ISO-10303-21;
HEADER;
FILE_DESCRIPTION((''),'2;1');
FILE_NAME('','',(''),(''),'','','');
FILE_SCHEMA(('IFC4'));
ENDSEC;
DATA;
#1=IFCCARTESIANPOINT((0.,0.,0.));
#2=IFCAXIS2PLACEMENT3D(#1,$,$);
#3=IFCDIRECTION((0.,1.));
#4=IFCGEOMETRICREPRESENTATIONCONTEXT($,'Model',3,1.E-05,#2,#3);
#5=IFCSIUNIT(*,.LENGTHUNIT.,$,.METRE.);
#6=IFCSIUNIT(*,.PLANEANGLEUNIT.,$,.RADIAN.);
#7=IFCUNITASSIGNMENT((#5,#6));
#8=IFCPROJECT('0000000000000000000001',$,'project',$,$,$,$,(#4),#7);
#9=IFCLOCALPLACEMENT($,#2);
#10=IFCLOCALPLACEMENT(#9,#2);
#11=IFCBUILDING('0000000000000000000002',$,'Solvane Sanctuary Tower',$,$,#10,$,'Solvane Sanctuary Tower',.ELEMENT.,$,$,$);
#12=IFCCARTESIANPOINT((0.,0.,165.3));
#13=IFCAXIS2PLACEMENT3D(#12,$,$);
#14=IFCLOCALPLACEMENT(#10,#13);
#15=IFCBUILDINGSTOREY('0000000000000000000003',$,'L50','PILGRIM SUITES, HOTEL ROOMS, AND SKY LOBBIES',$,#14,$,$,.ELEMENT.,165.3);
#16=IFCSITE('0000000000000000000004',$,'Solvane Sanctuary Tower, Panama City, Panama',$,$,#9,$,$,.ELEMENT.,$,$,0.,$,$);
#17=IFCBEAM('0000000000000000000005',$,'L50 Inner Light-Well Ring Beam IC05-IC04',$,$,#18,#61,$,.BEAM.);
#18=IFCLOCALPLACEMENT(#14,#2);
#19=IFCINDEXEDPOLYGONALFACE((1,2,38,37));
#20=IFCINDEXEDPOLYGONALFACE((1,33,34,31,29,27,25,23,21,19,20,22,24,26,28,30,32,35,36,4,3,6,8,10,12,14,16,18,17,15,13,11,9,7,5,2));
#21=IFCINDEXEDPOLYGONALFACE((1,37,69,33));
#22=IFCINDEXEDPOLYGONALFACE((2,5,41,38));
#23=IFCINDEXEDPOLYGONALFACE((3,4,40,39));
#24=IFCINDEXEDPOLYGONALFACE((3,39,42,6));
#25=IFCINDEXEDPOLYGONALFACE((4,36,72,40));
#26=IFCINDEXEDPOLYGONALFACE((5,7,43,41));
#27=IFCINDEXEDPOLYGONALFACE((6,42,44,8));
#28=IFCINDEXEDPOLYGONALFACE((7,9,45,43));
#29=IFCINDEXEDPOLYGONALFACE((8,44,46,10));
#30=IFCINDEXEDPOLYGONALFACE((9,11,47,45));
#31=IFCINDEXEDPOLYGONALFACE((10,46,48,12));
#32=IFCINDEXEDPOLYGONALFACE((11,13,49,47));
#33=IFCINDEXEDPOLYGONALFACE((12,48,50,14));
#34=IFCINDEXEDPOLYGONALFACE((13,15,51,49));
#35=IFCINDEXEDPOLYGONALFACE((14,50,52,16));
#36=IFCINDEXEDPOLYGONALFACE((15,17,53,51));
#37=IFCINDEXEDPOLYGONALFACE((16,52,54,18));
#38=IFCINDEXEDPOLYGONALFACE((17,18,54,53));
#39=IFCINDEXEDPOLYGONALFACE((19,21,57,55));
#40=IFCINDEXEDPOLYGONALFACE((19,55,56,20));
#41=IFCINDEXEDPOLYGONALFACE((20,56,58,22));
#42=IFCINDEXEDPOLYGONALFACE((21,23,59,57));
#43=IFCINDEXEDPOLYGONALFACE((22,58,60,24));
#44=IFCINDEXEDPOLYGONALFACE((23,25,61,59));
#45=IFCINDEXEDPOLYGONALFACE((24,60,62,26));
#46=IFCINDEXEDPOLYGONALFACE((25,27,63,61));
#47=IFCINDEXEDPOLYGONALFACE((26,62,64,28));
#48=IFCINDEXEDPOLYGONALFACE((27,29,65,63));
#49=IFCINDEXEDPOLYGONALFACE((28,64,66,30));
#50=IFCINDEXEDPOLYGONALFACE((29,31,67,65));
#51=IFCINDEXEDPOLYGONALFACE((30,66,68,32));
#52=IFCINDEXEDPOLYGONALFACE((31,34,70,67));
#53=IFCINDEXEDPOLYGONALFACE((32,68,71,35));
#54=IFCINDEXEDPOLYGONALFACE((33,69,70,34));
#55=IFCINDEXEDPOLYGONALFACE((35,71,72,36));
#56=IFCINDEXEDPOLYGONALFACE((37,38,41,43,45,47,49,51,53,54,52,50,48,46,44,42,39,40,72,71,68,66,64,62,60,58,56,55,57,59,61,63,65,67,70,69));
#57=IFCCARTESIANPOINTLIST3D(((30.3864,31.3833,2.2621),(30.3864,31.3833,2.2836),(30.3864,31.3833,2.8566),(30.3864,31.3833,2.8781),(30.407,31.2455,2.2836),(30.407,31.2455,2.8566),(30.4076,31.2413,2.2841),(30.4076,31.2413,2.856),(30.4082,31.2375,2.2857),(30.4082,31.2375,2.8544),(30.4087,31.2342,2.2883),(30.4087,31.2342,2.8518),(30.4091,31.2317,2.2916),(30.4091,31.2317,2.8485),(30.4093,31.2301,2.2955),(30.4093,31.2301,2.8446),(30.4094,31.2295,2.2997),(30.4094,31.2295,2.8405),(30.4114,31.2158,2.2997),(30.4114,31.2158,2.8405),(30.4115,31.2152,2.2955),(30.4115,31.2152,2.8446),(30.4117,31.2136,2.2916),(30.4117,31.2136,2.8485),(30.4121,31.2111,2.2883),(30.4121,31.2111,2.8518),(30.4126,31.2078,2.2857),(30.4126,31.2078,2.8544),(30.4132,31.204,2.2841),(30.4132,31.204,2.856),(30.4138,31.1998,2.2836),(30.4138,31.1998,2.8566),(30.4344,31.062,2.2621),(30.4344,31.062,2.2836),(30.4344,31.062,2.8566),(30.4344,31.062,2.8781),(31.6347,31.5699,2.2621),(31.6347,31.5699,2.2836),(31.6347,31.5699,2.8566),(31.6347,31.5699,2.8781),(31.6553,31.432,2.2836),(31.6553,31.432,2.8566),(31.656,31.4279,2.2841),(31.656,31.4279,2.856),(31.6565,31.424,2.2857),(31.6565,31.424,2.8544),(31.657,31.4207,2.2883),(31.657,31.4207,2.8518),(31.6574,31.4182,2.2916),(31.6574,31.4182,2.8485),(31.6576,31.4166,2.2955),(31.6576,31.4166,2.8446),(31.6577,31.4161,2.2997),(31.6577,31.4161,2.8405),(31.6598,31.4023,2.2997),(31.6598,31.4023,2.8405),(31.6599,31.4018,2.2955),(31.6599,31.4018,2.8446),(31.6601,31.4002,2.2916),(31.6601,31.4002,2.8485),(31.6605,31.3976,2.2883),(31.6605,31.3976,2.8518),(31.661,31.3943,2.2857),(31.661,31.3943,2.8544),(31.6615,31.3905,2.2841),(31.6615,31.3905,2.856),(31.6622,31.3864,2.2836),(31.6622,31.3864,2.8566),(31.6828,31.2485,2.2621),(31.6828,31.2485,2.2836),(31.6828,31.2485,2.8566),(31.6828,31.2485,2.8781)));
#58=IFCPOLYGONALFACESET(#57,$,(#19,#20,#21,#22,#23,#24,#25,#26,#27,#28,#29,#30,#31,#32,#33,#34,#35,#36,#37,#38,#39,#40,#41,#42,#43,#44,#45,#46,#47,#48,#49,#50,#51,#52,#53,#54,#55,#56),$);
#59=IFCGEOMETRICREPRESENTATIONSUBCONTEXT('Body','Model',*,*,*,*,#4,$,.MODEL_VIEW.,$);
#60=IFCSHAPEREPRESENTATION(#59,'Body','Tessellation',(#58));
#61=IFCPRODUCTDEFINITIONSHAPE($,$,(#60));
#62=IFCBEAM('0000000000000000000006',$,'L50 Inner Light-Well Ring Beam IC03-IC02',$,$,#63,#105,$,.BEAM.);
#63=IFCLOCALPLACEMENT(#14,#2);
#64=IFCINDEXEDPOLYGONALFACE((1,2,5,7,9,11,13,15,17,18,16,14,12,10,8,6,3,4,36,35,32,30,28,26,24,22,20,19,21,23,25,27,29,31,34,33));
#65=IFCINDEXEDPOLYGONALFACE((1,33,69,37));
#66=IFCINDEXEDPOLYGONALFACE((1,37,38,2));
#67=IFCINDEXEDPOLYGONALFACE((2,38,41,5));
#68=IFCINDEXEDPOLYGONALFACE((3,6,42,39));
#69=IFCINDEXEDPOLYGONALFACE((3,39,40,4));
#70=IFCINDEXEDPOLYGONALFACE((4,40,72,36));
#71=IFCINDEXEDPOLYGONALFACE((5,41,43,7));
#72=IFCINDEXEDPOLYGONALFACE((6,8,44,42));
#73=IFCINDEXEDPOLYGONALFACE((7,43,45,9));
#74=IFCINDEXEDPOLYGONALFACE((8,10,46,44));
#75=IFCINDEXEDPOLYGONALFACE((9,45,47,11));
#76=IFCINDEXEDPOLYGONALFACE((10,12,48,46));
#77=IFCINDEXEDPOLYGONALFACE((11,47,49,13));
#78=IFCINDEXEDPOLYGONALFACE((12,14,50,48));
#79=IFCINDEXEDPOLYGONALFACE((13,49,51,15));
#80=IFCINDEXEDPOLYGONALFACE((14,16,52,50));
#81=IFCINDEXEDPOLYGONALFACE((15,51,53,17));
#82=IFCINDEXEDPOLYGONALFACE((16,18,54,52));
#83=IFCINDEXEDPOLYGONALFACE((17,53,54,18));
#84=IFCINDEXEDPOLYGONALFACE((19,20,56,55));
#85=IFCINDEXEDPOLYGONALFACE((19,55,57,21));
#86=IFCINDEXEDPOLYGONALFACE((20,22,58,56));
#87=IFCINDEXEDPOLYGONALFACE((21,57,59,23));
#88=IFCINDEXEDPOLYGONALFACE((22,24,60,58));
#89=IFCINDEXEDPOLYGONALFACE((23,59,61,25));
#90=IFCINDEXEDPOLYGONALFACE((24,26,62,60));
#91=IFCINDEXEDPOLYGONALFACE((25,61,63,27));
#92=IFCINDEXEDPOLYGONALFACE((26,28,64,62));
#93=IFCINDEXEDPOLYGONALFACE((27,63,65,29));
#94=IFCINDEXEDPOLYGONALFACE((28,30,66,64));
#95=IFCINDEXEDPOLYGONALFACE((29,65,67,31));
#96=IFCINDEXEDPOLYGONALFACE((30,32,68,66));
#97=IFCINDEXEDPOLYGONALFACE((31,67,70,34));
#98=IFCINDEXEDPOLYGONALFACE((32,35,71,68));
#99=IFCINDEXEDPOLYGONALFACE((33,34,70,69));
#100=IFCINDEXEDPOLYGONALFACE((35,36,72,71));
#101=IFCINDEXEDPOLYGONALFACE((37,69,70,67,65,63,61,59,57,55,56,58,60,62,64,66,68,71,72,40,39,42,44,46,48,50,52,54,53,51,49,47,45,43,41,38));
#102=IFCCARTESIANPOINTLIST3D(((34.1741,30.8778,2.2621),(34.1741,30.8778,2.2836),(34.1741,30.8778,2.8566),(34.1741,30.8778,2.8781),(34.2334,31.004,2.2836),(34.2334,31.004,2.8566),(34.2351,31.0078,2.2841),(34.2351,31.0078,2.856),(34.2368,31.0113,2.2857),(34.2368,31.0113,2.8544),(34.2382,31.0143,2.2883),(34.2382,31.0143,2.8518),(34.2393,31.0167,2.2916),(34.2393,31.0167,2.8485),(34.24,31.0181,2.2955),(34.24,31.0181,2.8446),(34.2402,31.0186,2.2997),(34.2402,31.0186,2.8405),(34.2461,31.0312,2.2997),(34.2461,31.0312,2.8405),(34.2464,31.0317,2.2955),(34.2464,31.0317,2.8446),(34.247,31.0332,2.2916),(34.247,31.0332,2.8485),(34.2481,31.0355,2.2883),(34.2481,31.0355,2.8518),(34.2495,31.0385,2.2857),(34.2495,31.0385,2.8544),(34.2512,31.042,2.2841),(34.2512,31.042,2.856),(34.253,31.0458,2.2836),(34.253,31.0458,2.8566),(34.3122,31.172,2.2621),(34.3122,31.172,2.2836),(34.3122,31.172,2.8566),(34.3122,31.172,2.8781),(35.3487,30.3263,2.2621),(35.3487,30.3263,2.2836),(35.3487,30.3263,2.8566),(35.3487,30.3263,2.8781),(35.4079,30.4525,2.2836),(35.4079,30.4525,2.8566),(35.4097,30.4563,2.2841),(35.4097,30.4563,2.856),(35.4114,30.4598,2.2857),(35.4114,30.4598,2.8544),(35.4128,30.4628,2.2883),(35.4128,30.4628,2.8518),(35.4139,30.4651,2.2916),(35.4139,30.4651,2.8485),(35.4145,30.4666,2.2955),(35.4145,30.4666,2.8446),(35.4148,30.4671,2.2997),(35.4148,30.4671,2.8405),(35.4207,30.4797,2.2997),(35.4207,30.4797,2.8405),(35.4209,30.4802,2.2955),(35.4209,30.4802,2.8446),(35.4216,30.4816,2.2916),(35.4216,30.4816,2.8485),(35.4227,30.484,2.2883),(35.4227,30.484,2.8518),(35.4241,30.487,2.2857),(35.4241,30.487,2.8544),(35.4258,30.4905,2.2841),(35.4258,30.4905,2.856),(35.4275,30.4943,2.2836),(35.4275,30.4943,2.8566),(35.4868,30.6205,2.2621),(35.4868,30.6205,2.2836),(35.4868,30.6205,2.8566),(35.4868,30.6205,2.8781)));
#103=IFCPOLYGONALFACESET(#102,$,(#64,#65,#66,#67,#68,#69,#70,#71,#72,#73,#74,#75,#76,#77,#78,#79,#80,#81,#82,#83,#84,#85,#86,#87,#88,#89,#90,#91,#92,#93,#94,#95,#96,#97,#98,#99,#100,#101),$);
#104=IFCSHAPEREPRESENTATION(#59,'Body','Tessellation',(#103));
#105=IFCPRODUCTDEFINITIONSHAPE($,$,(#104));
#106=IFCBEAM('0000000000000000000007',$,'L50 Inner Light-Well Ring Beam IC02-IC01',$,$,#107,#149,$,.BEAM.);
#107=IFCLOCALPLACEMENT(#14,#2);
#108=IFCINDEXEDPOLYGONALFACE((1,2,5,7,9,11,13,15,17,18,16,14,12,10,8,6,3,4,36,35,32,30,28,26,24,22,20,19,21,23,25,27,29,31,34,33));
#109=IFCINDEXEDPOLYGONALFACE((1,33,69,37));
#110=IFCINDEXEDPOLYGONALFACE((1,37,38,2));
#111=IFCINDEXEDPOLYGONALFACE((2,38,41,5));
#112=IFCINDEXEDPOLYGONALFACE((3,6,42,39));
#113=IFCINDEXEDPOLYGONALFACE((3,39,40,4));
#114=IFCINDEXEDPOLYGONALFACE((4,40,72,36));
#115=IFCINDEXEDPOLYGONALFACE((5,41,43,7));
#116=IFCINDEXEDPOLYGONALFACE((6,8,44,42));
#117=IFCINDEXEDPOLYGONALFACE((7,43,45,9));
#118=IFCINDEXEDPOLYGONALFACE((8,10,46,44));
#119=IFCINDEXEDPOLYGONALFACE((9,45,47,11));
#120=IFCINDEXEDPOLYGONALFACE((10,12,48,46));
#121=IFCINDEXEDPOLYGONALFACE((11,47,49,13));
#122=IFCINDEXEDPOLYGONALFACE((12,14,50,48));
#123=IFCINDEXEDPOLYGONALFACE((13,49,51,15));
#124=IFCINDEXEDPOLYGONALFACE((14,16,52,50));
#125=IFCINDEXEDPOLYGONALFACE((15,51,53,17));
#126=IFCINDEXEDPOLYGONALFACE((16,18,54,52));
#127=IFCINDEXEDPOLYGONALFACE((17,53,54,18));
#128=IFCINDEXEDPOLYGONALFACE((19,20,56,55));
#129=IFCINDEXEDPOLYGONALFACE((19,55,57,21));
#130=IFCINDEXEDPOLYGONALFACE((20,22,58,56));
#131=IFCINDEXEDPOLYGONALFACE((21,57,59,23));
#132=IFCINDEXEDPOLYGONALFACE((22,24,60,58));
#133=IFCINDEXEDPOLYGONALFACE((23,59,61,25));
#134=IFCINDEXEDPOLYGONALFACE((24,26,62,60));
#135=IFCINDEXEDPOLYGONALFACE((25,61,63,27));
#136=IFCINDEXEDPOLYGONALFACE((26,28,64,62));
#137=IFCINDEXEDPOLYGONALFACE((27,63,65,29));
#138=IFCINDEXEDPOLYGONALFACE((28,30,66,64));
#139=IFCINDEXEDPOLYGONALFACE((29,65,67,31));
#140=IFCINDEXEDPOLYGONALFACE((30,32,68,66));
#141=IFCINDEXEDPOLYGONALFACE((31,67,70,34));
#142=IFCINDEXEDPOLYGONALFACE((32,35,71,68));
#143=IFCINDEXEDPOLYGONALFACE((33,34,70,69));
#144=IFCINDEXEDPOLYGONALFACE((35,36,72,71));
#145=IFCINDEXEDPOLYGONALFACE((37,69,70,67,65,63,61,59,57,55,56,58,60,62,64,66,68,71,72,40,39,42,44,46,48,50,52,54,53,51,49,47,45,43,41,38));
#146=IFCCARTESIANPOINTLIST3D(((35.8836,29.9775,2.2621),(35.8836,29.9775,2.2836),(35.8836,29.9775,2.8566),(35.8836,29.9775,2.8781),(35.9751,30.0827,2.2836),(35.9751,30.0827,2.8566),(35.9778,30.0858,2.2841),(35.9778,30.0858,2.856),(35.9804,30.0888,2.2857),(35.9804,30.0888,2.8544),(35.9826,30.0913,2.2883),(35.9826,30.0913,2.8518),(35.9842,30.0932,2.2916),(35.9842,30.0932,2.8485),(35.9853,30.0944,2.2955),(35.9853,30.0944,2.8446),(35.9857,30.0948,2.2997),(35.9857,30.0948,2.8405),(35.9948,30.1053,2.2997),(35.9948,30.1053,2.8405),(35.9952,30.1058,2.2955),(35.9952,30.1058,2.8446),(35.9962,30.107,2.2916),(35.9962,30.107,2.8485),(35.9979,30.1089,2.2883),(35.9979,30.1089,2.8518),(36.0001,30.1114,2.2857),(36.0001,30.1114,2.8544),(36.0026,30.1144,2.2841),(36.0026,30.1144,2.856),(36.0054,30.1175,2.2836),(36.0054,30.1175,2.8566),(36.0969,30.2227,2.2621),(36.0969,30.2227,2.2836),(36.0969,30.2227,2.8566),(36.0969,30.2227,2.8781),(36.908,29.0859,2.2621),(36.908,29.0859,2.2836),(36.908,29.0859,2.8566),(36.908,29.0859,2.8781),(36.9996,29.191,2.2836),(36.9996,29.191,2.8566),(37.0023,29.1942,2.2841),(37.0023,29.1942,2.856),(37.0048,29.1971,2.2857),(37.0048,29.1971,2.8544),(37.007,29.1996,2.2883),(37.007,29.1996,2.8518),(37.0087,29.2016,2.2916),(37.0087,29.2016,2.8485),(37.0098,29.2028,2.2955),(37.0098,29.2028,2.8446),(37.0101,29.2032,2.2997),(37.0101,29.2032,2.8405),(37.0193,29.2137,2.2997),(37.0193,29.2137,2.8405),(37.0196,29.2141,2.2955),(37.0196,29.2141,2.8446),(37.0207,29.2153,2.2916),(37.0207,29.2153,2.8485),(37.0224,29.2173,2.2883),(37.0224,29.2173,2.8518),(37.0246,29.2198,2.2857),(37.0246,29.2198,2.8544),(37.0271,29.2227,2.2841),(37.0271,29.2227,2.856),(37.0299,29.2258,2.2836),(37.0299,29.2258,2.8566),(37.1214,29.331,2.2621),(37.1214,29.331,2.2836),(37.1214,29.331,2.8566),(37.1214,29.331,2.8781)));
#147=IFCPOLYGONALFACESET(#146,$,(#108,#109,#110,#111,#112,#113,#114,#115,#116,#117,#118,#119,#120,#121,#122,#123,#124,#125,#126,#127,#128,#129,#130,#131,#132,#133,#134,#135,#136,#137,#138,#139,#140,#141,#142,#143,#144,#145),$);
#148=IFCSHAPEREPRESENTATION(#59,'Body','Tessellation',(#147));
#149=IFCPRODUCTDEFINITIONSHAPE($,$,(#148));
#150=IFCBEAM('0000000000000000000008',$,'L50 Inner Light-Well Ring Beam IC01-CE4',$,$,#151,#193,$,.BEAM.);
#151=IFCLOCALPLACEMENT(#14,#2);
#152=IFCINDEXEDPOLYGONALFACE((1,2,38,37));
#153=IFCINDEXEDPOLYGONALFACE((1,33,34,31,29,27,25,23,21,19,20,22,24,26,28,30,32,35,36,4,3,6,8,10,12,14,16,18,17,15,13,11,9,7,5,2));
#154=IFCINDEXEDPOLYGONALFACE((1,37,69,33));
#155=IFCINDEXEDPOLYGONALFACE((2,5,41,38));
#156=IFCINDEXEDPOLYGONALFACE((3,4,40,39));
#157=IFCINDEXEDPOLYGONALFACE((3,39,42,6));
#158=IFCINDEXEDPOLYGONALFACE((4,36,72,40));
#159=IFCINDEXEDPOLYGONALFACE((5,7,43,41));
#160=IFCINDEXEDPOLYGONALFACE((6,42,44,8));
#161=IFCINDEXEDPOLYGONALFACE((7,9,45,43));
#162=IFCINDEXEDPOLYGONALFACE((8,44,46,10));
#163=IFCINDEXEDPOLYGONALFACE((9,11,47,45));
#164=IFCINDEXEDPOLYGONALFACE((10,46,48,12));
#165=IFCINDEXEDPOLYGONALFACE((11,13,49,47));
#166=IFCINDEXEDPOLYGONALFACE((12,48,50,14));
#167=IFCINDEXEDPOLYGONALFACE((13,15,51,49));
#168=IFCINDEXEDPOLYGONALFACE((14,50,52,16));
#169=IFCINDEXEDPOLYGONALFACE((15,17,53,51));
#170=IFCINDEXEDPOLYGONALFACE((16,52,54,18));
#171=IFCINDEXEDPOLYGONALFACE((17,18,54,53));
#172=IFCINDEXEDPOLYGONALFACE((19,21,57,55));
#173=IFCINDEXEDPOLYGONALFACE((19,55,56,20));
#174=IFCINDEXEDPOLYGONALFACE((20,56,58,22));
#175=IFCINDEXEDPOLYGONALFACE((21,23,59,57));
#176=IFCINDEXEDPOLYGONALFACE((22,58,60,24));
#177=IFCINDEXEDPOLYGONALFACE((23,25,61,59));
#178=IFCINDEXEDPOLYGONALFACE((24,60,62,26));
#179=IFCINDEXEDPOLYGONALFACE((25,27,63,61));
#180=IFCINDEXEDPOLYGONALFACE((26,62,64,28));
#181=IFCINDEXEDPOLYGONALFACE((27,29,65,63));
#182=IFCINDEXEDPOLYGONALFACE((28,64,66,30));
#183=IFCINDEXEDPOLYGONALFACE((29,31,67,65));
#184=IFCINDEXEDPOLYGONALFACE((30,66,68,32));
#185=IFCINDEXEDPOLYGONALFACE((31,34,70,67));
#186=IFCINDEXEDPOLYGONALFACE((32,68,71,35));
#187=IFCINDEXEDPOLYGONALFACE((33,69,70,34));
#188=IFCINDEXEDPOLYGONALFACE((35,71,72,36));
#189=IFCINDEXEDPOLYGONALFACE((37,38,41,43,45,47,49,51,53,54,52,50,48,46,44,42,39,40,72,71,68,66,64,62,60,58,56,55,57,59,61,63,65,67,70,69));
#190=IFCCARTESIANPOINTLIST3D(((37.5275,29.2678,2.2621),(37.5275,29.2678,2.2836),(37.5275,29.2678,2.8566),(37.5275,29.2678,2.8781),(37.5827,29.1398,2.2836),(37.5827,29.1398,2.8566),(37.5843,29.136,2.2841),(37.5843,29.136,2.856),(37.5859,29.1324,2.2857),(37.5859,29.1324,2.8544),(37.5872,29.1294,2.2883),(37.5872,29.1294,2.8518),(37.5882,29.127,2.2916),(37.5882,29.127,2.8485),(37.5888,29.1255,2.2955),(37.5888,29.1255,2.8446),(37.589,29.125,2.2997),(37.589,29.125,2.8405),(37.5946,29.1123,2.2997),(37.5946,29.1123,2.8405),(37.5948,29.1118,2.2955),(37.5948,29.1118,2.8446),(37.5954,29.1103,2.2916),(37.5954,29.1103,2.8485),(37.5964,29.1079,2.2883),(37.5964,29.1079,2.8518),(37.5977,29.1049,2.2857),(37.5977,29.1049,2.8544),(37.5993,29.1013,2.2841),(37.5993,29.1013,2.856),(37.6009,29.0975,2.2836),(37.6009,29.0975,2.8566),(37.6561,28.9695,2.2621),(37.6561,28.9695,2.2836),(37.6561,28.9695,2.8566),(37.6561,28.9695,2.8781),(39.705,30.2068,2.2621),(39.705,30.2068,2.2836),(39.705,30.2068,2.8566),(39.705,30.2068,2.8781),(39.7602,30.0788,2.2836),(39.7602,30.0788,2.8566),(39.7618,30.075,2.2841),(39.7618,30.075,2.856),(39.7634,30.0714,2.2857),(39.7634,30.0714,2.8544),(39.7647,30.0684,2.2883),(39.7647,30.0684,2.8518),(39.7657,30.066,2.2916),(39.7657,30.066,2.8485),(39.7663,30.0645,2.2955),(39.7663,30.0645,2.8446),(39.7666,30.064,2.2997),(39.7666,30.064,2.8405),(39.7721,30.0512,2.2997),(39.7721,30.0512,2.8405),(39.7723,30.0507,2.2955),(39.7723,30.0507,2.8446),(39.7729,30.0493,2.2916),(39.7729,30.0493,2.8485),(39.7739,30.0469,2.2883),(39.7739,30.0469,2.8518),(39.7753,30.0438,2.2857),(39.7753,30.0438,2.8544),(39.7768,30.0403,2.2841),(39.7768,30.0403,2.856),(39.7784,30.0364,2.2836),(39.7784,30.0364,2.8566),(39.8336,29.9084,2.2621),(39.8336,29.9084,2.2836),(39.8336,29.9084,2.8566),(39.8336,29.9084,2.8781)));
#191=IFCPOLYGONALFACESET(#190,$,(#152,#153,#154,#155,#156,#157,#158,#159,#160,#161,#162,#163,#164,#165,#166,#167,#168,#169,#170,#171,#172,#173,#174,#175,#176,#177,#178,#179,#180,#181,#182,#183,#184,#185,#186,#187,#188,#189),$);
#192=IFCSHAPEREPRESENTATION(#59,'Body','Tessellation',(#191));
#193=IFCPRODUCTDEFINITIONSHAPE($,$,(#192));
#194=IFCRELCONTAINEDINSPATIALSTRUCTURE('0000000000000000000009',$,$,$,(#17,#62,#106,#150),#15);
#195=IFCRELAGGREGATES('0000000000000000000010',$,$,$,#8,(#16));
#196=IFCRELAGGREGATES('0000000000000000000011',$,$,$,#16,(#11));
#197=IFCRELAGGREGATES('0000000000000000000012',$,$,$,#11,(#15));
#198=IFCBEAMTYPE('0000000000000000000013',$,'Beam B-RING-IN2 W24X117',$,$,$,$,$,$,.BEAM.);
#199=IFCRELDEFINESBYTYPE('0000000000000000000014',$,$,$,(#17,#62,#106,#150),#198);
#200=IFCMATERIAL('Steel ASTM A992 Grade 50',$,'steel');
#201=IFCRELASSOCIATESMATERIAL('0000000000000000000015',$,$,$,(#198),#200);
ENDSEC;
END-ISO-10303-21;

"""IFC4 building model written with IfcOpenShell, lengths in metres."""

from ifc_helpers import new_model, si_unit, direction, frame, origin, origin_2d, place, context, subcontext, project, spatial, i_section, extrude, material, material_profile, profile_set, type_object, element, save


model = new_model("IFC4")

# Units and contexts
model_context = context("Model", 3, precision=1e-05, world=origin(), true_north=direction((0.0, 1.0)))
body_context = subcontext(model_context, "Body", "Model", "MODEL_VIEW")
ifc_project = project(units=[si_unit("LENGTHUNIT", "METRE"), si_unit("PLANEANGLEUNIT", "RADIAN")], contexts=[model_context])

# Site, building, storey
site_placement = place(None, origin())
site = spatial("IfcSite", under=ifc_project, at=site_placement, Name="Solvane Sanctuary Tower, Panama City, Panama", CompositionType="ELEMENT", RefElevation=0.0)
building_placement = place(site_placement, origin())
building = spatial("IfcBuilding", under=site, at=building_placement, Name="Solvane Sanctuary Tower", LongName="Solvane Sanctuary Tower", CompositionType="ELEMENT")
storey_placement = place(building_placement, frame((0.0, 0.0, 165.3)))
storey = spatial("IfcBuildingStorey", under=building, at=storey_placement, Name="L50", Description="PILGRIM SUITES, HOTEL ROOMS, AND SKY LOBBIES", CompositionType="ELEMENT", Elevation=165.3)

# Beams
ifc_material_1 = material(Name="Steel ASTM A992 Grade 50", Category="steel")
ifc_material_profile_1 = material_profile(ifc_material_1, i_section(OverallWidth=0.325, OverallDepth=0.616, WebThickness=0.0139, FlangeThickness=0.0215, FilletRadius=0.0161, at=origin_2d()), Name="W24X117")
ifc_profile_set_1 = profile_set([ifc_material_profile_1], Name="Steel ASTM A992 Grade 50")
beam_type_1 = type_object("IfcBeamType", Name="Beam B-RING-IN2 W24X117", PredefinedType="BEAM", material=ifc_profile_set_1)
beam_1_placement = place(storey_placement, frame((30.4104, 31.2227, 2.5701), z_axis=(0.98902, 0.147782, 0.0), x_axis=(-0.147782, 0.98902, 0.0)))
element("IfcBeam", 1, at=beam_1_placement, inside=storey, type_object=beam_type_1, Name="L50 Inner Light-Well Ring Beam IC05-IC04", PredefinedType="BEAM", context=body_context, shape_type="SweptSolid", body=[
    extrude(i_section(OverallWidth=0.325, OverallDepth=0.616, WebThickness=0.0139, FlangeThickness=0.0215, FilletRadius=0.0161, at=origin_2d()), origin(), (0.0, 0.0, 1.0), 1.2622),
])
beam_2_placement = place(storey_placement, frame((34.2432, 31.0249, 2.5701), z_axis=(0.905181, -0.425027, 0.0), x_axis=(0.425027, 0.905181, 0.0)))
element("IfcBeam", 2, at=beam_2_placement, inside=storey, type_object=beam_type_1, Name="L50 Inner Light-Well Ring Beam IC03-IC02", PredefinedType="BEAM", context=body_context, shape_type="SweptSolid", body=[
    extrude(i_section(OverallWidth=0.325, OverallDepth=0.616, WebThickness=0.0139, FlangeThickness=0.0215, FilletRadius=0.0161, at=origin_2d()), origin(), (0.0, 0.0, 1.0), 1.2976),
])
beam_3_placement = place(storey_placement, frame((35.9902, 30.1001, 2.5701), z_axis=(0.754311, -0.656517, 0.0), x_axis=(0.656517, 0.754311, 0.0)))
element("IfcBeam", 3, at=beam_3_placement, inside=storey, type_object=beam_type_1, Name="L50 Inner Light-Well Ring Beam IC02-IC01", PredefinedType="BEAM", context=body_context, shape_type="SweptSolid", body=[
    extrude(i_section(OverallWidth=0.325, OverallDepth=0.616, WebThickness=0.0139, FlangeThickness=0.0215, FilletRadius=0.0161, at=origin_2d()), origin(), (0.0, 0.0, 1.0), 1.3582),
])
beam_4_placement = place(storey_placement, frame((37.5918, 29.1187, 2.5701), z_axis=(0.918264, 0.395969, 0.0), x_axis=(-0.395969, 0.918264, 0.0)))
element("IfcBeam", 4, at=beam_4_placement, inside=storey, type_object=beam_type_1, Name="L50 Inner Light-Well Ring Beam IC01-CE4", PredefinedType="BEAM", context=body_context, shape_type="SweptSolid", body=[
    extrude(i_section(OverallWidth=0.325, OverallDepth=0.616, WebThickness=0.0139, FlangeThickness=0.0215, FilletRadius=0.0161, at=origin_2d()), origin(), (0.0, 0.0, 1.0), 2.3713),
])

save(model, "model.ifc")
